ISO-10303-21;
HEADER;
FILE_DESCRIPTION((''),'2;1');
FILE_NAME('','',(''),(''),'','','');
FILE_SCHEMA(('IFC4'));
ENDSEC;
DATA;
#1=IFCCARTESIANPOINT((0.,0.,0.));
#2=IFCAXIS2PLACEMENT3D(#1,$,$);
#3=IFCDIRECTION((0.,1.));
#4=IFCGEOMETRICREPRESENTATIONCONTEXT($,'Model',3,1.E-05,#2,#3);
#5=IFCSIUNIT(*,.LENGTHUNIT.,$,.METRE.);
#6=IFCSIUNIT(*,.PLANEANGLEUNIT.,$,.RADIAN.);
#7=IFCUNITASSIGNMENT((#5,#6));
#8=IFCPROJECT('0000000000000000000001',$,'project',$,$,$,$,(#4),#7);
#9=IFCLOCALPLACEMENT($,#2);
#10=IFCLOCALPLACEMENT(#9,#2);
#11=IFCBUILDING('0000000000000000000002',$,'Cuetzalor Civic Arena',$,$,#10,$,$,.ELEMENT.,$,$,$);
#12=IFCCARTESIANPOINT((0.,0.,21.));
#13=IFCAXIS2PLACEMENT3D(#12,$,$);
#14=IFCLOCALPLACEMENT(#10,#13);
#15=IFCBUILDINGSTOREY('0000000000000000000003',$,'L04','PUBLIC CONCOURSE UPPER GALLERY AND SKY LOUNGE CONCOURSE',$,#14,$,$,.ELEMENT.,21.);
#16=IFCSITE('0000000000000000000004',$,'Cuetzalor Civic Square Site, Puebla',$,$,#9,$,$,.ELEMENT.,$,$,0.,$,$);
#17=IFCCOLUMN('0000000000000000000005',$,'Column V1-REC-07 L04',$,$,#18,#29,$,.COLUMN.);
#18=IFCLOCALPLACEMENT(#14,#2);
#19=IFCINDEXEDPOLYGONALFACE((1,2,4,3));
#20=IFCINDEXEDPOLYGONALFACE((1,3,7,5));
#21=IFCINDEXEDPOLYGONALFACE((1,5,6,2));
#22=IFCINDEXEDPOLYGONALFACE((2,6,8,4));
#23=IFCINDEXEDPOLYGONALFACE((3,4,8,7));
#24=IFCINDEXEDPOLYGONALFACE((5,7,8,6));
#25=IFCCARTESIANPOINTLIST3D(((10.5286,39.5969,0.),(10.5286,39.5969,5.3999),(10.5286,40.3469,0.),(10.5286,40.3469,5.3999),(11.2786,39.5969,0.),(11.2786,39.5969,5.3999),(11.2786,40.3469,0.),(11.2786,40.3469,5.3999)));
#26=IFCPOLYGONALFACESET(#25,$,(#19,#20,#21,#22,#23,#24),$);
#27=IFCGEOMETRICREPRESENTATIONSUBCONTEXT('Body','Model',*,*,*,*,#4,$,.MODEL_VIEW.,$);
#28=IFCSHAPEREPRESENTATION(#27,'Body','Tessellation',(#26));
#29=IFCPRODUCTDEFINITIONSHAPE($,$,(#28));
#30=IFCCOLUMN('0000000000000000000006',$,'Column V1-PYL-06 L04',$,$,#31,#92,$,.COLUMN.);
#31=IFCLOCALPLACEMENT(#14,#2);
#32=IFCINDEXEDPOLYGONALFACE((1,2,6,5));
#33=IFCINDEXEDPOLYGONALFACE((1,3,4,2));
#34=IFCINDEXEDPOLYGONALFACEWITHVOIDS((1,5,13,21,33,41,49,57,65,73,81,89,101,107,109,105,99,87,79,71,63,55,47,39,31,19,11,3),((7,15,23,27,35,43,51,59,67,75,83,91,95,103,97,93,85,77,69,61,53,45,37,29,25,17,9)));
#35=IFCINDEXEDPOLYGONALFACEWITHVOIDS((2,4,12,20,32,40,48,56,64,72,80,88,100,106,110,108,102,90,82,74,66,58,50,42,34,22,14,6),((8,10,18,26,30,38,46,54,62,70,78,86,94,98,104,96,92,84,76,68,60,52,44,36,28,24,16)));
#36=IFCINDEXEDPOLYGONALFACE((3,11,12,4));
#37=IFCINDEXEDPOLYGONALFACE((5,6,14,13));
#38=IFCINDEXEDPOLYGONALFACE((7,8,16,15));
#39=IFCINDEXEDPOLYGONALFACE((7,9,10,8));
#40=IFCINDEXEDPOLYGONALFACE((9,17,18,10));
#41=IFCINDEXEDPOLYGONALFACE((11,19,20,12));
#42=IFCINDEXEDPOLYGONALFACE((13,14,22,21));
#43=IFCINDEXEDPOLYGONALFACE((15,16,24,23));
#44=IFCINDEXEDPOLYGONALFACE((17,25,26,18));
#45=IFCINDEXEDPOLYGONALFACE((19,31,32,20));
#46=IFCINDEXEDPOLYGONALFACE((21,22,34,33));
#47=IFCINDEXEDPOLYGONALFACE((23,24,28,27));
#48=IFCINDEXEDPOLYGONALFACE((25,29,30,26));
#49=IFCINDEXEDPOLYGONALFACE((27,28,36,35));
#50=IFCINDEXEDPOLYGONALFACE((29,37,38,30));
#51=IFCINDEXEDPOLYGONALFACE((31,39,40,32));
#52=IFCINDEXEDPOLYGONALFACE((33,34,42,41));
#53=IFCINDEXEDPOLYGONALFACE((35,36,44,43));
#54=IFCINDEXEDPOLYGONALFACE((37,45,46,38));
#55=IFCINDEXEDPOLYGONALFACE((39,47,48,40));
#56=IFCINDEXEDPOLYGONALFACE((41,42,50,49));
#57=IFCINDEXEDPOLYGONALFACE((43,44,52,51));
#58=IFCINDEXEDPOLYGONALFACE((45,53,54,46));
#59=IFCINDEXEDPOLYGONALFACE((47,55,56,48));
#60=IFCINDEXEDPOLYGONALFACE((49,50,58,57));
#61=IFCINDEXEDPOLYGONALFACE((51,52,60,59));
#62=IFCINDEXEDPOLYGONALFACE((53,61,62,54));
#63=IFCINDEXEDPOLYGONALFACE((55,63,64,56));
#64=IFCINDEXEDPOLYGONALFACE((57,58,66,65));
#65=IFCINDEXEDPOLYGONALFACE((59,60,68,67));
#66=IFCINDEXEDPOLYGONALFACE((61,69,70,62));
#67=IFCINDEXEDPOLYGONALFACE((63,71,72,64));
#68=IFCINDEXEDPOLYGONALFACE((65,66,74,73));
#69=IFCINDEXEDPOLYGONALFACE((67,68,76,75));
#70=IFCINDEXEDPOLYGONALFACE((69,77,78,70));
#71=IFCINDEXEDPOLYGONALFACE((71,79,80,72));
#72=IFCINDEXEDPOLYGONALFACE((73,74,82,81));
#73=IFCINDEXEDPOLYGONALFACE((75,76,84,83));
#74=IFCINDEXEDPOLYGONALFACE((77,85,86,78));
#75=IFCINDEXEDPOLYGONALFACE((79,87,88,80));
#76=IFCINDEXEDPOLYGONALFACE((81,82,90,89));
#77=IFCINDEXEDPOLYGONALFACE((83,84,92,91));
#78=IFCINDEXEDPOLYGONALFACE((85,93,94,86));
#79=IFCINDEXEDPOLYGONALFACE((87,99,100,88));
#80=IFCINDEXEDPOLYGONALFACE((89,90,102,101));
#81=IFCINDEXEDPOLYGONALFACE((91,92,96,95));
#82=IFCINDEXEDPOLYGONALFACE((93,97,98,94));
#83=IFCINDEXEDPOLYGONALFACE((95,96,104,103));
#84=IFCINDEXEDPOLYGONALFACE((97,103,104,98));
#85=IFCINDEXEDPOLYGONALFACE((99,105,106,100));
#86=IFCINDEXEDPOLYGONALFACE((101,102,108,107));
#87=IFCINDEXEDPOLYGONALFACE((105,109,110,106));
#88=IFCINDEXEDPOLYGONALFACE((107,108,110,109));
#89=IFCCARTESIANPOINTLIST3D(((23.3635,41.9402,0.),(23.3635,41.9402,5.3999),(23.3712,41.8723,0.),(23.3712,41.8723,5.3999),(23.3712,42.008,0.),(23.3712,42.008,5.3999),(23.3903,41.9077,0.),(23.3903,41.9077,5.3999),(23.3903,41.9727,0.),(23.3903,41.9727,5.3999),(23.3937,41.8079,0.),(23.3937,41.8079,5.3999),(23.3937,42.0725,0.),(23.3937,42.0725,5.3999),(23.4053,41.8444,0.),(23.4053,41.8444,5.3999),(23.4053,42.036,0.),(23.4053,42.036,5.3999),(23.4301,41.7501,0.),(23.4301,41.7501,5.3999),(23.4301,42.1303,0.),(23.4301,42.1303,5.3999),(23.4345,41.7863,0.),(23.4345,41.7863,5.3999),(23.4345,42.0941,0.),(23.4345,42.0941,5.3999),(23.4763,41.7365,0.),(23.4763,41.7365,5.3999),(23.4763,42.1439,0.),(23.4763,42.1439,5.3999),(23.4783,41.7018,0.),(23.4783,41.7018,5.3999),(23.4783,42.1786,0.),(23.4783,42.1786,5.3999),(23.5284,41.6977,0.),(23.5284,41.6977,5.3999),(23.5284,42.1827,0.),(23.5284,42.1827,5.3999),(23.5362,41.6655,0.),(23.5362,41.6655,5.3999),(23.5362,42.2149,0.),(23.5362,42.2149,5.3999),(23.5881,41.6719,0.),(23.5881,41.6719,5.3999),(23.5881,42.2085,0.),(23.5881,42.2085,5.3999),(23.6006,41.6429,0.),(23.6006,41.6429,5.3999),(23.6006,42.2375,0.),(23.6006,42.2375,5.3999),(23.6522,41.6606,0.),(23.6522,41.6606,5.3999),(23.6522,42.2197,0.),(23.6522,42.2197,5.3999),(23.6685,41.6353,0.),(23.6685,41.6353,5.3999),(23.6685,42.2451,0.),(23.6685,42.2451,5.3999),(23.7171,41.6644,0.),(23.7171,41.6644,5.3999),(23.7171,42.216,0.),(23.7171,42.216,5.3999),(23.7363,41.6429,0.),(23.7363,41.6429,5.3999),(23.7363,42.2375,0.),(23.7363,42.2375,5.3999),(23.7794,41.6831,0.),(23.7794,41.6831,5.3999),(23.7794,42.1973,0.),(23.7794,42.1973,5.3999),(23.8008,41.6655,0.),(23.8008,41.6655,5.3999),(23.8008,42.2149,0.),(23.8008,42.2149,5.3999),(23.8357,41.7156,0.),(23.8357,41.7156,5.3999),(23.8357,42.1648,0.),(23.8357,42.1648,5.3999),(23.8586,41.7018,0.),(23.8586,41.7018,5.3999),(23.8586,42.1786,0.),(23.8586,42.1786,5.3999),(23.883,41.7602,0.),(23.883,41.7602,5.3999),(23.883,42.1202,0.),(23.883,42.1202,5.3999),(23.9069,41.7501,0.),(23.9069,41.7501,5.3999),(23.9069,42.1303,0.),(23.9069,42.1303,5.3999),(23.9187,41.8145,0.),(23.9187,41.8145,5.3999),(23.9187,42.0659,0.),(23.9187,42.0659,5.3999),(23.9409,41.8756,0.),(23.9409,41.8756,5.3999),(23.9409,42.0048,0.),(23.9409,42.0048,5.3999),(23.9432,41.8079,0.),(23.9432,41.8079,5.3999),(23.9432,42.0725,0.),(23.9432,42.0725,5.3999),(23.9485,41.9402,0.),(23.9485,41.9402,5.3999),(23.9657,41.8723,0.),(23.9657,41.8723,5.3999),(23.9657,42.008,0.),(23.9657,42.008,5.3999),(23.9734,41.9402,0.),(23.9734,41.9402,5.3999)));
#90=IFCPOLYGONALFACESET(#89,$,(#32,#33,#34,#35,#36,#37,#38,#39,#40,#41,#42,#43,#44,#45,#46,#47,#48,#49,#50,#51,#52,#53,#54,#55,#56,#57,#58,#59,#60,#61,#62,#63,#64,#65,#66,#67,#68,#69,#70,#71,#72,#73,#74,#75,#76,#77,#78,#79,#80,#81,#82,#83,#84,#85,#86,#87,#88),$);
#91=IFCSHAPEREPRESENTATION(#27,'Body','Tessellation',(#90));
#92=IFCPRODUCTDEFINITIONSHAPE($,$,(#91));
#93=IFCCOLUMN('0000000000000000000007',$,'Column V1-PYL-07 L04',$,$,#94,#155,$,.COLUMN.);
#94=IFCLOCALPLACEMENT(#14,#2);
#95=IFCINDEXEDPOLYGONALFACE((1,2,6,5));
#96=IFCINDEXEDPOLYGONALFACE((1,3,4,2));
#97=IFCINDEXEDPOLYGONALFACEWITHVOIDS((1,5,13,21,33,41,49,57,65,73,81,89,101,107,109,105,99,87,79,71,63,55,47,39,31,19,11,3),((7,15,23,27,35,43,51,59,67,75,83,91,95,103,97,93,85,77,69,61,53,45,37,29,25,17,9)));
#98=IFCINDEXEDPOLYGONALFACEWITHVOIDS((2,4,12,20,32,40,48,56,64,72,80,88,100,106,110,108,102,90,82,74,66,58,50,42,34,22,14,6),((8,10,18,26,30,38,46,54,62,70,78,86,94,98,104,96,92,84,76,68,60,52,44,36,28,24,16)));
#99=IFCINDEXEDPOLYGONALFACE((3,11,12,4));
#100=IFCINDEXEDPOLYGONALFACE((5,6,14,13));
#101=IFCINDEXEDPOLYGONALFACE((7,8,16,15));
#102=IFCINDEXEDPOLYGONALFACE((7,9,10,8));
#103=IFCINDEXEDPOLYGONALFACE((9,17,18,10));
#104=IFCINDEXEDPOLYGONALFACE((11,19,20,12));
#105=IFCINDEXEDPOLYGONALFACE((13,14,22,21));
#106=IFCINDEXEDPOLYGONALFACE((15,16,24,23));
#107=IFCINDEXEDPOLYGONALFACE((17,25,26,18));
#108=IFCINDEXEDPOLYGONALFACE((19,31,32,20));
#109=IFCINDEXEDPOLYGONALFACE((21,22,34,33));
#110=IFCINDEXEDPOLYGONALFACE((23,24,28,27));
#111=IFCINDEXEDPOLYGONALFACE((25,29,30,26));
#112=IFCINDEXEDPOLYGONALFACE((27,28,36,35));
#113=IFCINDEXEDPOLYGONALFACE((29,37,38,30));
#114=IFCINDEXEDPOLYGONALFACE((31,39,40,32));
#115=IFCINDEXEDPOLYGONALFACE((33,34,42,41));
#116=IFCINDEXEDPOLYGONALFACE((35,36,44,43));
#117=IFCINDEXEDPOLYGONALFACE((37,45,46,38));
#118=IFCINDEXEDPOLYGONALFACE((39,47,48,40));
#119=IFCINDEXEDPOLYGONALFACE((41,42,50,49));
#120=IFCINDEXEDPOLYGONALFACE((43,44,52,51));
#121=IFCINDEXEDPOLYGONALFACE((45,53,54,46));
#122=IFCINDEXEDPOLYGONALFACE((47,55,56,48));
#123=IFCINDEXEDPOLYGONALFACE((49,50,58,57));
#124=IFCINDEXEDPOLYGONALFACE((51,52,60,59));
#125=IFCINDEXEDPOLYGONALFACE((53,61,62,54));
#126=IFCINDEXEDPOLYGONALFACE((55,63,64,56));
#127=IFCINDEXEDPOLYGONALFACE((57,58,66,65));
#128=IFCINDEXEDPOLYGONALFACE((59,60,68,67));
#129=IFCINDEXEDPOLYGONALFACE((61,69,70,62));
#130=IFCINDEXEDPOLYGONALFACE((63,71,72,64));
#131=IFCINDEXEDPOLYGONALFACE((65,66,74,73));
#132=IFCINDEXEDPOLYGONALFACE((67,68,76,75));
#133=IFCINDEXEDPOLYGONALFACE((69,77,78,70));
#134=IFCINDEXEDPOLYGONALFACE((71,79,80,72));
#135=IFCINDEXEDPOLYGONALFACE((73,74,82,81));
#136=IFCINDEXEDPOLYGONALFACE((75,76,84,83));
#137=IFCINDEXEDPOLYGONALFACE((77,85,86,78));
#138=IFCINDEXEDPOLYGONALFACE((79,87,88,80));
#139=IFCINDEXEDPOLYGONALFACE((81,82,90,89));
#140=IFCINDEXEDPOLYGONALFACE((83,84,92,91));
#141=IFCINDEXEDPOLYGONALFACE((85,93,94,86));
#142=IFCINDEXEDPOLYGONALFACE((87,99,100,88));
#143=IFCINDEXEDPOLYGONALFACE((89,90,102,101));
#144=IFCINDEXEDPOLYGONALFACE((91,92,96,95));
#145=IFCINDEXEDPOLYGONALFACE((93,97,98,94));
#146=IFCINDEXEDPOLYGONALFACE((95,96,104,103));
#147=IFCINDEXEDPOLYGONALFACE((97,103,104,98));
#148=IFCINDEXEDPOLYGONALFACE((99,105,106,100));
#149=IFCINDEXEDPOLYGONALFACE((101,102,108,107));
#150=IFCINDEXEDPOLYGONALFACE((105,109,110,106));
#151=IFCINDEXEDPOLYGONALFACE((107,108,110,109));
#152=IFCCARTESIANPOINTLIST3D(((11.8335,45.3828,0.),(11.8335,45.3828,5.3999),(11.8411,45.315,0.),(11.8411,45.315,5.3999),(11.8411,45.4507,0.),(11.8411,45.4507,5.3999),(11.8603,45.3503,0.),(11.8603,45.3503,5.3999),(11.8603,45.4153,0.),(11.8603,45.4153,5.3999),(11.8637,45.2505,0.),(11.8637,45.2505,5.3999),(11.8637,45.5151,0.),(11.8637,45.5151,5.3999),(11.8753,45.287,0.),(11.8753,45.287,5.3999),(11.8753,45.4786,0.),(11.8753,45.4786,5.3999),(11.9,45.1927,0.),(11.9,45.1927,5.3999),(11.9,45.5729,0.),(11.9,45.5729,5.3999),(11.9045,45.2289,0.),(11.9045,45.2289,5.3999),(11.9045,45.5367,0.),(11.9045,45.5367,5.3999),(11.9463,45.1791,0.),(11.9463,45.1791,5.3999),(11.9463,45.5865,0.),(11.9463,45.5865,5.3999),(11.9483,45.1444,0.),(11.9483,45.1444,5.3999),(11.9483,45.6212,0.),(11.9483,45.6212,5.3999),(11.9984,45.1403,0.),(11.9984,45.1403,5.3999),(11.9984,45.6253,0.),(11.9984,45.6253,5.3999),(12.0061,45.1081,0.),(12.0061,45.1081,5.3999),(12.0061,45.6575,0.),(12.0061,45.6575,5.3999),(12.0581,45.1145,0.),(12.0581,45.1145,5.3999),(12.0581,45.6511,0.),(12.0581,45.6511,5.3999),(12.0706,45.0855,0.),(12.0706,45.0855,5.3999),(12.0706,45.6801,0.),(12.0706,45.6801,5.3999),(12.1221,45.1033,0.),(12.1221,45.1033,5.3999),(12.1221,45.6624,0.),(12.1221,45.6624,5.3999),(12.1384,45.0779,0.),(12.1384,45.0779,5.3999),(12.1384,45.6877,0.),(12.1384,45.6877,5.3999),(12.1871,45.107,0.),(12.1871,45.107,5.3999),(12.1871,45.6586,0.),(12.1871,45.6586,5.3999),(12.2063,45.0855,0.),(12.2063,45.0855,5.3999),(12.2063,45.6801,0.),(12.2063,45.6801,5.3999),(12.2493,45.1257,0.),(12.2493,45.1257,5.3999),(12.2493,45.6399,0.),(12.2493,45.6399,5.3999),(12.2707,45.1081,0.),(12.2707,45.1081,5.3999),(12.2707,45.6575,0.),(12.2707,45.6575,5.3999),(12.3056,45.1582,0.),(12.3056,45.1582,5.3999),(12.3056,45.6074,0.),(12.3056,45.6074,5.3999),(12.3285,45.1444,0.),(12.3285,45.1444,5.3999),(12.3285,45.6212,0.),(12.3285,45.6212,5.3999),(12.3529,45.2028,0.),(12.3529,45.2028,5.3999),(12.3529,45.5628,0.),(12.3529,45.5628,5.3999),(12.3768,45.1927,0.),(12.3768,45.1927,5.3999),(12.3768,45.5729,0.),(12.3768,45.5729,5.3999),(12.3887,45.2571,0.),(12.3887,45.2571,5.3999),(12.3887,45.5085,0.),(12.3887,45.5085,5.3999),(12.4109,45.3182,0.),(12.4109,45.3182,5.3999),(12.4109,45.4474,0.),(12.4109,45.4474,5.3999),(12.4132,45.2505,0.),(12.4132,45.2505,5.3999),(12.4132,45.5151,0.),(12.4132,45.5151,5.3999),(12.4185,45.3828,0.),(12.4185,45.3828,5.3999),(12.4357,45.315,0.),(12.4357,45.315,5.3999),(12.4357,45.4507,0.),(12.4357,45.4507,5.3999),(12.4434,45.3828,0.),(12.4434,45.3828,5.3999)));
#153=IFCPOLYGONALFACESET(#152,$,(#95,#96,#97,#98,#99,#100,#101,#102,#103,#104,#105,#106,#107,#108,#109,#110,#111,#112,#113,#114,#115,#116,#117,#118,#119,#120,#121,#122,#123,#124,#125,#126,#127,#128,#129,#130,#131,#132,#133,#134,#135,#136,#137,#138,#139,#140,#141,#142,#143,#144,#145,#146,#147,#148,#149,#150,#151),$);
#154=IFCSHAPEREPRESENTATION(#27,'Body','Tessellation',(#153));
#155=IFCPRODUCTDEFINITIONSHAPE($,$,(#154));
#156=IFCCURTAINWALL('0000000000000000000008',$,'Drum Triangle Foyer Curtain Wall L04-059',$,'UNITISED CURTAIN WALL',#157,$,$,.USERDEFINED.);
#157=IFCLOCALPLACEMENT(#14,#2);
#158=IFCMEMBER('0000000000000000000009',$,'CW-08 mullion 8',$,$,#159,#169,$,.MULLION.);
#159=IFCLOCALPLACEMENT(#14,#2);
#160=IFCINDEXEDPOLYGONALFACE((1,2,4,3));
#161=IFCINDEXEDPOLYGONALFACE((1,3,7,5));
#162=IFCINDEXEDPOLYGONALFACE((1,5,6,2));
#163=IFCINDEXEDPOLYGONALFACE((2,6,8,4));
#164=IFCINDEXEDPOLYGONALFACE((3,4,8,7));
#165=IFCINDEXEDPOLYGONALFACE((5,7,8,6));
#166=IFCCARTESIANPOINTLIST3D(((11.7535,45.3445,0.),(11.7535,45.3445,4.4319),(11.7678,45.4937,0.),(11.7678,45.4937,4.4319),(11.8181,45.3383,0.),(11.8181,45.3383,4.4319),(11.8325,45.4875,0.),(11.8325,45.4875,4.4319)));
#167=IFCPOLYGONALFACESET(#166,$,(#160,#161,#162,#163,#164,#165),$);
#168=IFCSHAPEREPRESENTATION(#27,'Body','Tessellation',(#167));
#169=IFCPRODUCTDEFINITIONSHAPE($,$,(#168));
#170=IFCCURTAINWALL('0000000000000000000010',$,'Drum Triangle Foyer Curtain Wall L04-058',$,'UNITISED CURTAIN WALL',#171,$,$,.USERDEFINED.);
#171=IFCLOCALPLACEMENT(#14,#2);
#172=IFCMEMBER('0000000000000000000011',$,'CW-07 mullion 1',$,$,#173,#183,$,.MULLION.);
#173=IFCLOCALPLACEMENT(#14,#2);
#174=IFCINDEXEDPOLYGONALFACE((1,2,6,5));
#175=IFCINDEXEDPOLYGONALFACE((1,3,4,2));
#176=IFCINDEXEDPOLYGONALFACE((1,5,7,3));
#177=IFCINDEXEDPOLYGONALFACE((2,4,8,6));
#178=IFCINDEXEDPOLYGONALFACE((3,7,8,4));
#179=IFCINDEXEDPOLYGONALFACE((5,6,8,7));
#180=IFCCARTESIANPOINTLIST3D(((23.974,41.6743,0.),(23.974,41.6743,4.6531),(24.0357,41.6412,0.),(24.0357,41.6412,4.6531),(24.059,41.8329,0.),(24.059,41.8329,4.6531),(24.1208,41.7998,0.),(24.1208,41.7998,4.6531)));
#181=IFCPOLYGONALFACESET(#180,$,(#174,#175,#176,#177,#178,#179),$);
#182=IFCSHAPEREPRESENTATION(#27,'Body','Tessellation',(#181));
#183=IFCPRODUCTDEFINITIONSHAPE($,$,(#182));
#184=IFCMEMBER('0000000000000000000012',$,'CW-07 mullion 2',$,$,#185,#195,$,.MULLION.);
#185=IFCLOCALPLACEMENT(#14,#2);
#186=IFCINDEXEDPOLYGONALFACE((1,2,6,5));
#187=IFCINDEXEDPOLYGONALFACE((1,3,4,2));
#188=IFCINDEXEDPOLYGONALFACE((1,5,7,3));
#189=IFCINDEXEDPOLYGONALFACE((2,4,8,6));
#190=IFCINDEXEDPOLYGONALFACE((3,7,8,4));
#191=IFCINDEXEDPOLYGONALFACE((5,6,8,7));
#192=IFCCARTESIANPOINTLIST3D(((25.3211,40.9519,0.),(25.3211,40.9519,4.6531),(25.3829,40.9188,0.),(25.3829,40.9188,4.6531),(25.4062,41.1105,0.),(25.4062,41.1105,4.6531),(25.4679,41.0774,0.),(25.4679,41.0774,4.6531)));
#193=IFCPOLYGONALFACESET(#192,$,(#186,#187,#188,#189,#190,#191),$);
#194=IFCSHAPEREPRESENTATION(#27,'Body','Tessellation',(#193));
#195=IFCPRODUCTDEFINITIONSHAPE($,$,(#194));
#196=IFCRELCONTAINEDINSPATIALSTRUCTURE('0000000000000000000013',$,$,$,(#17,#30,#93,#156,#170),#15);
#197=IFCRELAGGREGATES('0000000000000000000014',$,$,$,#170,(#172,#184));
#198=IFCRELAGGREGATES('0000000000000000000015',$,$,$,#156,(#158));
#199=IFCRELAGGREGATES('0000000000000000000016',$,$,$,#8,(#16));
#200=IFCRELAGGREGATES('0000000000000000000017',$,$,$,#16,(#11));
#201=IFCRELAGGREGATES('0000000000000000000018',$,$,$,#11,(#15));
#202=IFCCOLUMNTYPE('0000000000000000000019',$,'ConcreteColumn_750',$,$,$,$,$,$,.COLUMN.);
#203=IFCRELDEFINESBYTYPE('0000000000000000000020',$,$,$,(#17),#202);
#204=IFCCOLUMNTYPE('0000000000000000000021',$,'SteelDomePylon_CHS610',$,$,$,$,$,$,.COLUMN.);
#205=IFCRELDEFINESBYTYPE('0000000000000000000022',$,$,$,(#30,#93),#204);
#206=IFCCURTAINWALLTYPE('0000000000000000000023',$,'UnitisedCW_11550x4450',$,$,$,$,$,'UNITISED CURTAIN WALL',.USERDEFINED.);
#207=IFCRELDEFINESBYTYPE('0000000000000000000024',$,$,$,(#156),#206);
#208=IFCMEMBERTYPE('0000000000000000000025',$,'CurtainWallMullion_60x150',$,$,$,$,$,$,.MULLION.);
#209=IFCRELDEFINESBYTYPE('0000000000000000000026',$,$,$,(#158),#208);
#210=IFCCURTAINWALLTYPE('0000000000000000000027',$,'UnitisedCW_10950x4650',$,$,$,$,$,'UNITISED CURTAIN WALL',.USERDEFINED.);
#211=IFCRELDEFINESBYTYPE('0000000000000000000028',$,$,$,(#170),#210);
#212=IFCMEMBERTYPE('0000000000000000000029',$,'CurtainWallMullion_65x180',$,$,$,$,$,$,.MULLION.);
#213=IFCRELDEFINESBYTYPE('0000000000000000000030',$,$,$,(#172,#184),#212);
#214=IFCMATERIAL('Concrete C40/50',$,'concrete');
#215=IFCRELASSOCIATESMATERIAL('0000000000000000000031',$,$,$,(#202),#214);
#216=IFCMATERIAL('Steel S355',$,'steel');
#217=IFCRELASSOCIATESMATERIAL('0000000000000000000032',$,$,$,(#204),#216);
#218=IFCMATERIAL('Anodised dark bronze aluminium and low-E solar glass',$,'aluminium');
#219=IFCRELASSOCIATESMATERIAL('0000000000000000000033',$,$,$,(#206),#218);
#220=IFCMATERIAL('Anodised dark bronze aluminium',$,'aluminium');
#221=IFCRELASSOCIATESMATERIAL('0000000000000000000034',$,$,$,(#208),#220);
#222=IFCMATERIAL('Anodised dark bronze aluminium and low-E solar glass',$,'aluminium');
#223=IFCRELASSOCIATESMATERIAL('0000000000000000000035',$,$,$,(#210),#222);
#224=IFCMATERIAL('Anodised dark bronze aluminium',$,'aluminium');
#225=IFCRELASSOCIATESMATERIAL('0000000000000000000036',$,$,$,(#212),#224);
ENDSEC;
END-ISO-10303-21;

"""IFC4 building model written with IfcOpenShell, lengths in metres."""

from ifc_helpers import new_model, si_unit, direction, frame, origin, origin_2d, place, context, subcontext, project, spatial, rectangle, hollow_circle, extrude, material, material_profile, profile_set, type_object, element, aggregate, save


model = new_model("IFC4")

# Units and contexts
model_context = context("Model", 3, precision=1e-05, world=origin(), true_north=direction((0.0, 1.0)))
body_context = subcontext(model_context, "Body", "Model", "MODEL_VIEW")
ifc_project = project(units=[si_unit("LENGTHUNIT", "METRE"), si_unit("PLANEANGLEUNIT", "RADIAN")], contexts=[model_context])

# Site, building, storey
site_placement = place(None, origin())
site = spatial("IfcSite", under=ifc_project, at=site_placement, Name="Cuetzalor Civic Square Site, Puebla", CompositionType="ELEMENT", RefElevation=0.0)
building_placement = place(site_placement, origin())
building = spatial("IfcBuilding", under=site, at=building_placement, Name="Cuetzalor Civic Arena", CompositionType="ELEMENT")
storey_placement = place(building_placement, frame((0.0, 0.0, 21.0)))
storey = spatial("IfcBuildingStorey", under=building, at=storey_placement, Name="L04", Description="PUBLIC CONCOURSE UPPER GALLERY AND SKY LOUNGE CONCOURSE", CompositionType="ELEMENT", Elevation=21.0)

# Columns
ifc_material_1 = material(Name="Concrete C40/50", Category="concrete")
ifc_material_profile_1 = material_profile(ifc_material_1, rectangle(XDim=0.75, YDim=0.75, at=origin_2d()), Name="RC 750x750")
ifc_profile_set_1 = profile_set([ifc_material_profile_1], Name="Concrete C40/50")
column_type_1 = type_object("IfcColumnType", Name="ConcreteColumn_750", PredefinedType="COLUMN", material=ifc_profile_set_1)
column_placement = place(storey_placement, frame((10.9036, 39.9719, 0.0), z_axis=(0.0, 0.0, 1.0), x_axis=(1.0, 0.0, 0.0)))
element("IfcColumn", 1, at=column_placement, inside=storey, type_object=column_type_1, Name="Column V1-REC-07 L04", PredefinedType="COLUMN", context=body_context, shape_type="SweptSolid", body=[
    extrude(rectangle(XDim=0.75, YDim=0.75, at=origin_2d()), origin(), (0.0, 0.0, 1.0), 5.3999),
])
ifc_material_2 = material(Name="Steel S355", Category="steel")
ifc_material_profile_2 = material_profile(ifc_material_2, hollow_circle(Radius=0.3049, WallThickness=0.0249, at=origin_2d()), Name="CHS 610x25")
ifc_profile_set_2 = profile_set([ifc_material_profile_2], Name="Steel S355")
column_type_2 = type_object("IfcColumnType", Name="SteelDomePylon_CHS610", PredefinedType="COLUMN", material=ifc_profile_set_2)
for number, where, z_axis, x_axis, name in (
    (2, (23.6685, 41.9402, 0.0), (0.0, 0.0, 1.0), (1.0, 0.0, 0.0), "Column V1-PYL-06 L04"),
    (3, (12.1384, 45.3828, 0.0), (0.0, 0.0, 1.0), (1.0, 0.0, 0.0), "Column V1-PYL-07 L04"),
):
    element("IfcColumn", number, at=place(storey_placement, frame(where, z_axis=z_axis, x_axis=x_axis)), inside=storey, type_object=column_type_2, Name=name, PredefinedType="COLUMN", context=body_context, shape_type="SweptSolid", body=[
        extrude(hollow_circle(Radius=0.3049, WallThickness=0.0249, at=origin_2d()), origin(), (0.0, 0.0, 1.0), 5.3999),
    ])

# Curtain wall, member
ifc_material_3 = material(Name="Anodised dark bronze aluminium and low-E solar glass", Category="aluminium")
curtain_wall_type_1 = type_object("IfcCurtainWallType", Name="UnitisedCW_11550x4450", ElementType="UNITISED CURTAIN WALL", PredefinedType="USERDEFINED", material=ifc_material_3)
curtain_wall_1_placement = place(storey_placement, origin())
curtain_wall_1 = element("IfcCurtainWall", 4, at=curtain_wall_1_placement, inside=storey, type_object=curtain_wall_type_1, Name="Drum Triangle Foyer Curtain Wall L04-059", ObjectType="UNITISED CURTAIN WALL", PredefinedType="USERDEFINED")
ifc_material_4 = material(Name="Anodised dark bronze aluminium", Category="aluminium")
ifc_material_profile_3 = material_profile(ifc_material_4, rectangle(XDim=0.0649, YDim=0.1499, at=origin_2d()), Name="ALU MULLION 65x150")
ifc_profile_set_3 = profile_set([ifc_material_profile_3], Name="Anodised dark bronze aluminium")
member_type_1 = type_object("IfcMemberType", Name="CurtainWallMullion_60x150", PredefinedType="MULLION", material=ifc_profile_set_3)
member_1_placement = place(storey_placement, frame((11.793, 45.416, 0.0), z_axis=(0.0, 0.0, 1.0), x_axis=(0.995409, -0.095711, 0.0)))
member_1 = element("IfcMember", 5, at=member_1_placement, type_object=member_type_1, Name="CW-08 mullion 8", PredefinedType="MULLION", context=body_context, shape_type="SweptSolid", body=[
    extrude(rectangle(XDim=0.0649, YDim=0.1499, at=origin_2d()), origin(), (0.0, 0.0, 1.0), 4.4319),
])

# Curtain wall, members
ifc_material_5 = material(Name="Anodised dark bronze aluminium and low-E solar glass", Category="aluminium")
curtain_wall_type_2 = type_object("IfcCurtainWallType", Name="UnitisedCW_10950x4650", ElementType="UNITISED CURTAIN WALL", PredefinedType="USERDEFINED", material=ifc_material_5)
curtain_wall_2_placement = place(storey_placement, origin())
curtain_wall_2 = element("IfcCurtainWall", 6, at=curtain_wall_2_placement, inside=storey, type_object=curtain_wall_type_2, Name="Drum Triangle Foyer Curtain Wall L04-058", ObjectType="UNITISED CURTAIN WALL", PredefinedType="USERDEFINED")
ifc_material_6 = material(Name="Anodised dark bronze aluminium", Category="aluminium")
ifc_material_profile_4 = material_profile(ifc_material_6, rectangle(XDim=0.0701, YDim=0.1799, at=origin_2d()), Name="ALU MULLION 70x180")
ifc_profile_set_4 = profile_set([ifc_material_profile_4], Name="Anodised dark bronze aluminium")
member_type_2 = type_object("IfcMemberType", Name="CurtainWallMullion_65x180", PredefinedType="MULLION", material=ifc_profile_set_4)
member_2_placement = place(storey_placement, frame((24.0474, 41.7371, 0.0), z_axis=(0.0, 0.0, 1.0), x_axis=(0.881306, -0.472545, 0.0)))
member_2 = element("IfcMember", 7, at=member_2_placement, type_object=member_type_2, Name="CW-07 mullion 1", PredefinedType="MULLION", context=body_context, shape_type="SweptSolid", body=[
    extrude(rectangle(XDim=0.0701, YDim=0.1799, at=origin_2d()), origin(), (0.0, 0.0, 1.0), 4.6531),
])
member_3_placement = place(storey_placement, frame((25.3945, 41.0146, 0.0), z_axis=(0.0, 0.0, 1.0), x_axis=(0.881306, -0.472545, 0.0)))
member_3 = element("IfcMember", 8, at=member_3_placement, type_object=member_type_2, Name="CW-07 mullion 2", PredefinedType="MULLION", context=body_context, shape_type="SweptSolid", body=[
    extrude(rectangle(XDim=0.0701, YDim=0.1799, at=origin_2d()), origin(), (0.0, 0.0, 1.0), 4.6531),
])

aggregate(curtain_wall_2, [member_2, member_3])
aggregate(curtain_wall_1, [member_1])

save(model, "model.ifc")
